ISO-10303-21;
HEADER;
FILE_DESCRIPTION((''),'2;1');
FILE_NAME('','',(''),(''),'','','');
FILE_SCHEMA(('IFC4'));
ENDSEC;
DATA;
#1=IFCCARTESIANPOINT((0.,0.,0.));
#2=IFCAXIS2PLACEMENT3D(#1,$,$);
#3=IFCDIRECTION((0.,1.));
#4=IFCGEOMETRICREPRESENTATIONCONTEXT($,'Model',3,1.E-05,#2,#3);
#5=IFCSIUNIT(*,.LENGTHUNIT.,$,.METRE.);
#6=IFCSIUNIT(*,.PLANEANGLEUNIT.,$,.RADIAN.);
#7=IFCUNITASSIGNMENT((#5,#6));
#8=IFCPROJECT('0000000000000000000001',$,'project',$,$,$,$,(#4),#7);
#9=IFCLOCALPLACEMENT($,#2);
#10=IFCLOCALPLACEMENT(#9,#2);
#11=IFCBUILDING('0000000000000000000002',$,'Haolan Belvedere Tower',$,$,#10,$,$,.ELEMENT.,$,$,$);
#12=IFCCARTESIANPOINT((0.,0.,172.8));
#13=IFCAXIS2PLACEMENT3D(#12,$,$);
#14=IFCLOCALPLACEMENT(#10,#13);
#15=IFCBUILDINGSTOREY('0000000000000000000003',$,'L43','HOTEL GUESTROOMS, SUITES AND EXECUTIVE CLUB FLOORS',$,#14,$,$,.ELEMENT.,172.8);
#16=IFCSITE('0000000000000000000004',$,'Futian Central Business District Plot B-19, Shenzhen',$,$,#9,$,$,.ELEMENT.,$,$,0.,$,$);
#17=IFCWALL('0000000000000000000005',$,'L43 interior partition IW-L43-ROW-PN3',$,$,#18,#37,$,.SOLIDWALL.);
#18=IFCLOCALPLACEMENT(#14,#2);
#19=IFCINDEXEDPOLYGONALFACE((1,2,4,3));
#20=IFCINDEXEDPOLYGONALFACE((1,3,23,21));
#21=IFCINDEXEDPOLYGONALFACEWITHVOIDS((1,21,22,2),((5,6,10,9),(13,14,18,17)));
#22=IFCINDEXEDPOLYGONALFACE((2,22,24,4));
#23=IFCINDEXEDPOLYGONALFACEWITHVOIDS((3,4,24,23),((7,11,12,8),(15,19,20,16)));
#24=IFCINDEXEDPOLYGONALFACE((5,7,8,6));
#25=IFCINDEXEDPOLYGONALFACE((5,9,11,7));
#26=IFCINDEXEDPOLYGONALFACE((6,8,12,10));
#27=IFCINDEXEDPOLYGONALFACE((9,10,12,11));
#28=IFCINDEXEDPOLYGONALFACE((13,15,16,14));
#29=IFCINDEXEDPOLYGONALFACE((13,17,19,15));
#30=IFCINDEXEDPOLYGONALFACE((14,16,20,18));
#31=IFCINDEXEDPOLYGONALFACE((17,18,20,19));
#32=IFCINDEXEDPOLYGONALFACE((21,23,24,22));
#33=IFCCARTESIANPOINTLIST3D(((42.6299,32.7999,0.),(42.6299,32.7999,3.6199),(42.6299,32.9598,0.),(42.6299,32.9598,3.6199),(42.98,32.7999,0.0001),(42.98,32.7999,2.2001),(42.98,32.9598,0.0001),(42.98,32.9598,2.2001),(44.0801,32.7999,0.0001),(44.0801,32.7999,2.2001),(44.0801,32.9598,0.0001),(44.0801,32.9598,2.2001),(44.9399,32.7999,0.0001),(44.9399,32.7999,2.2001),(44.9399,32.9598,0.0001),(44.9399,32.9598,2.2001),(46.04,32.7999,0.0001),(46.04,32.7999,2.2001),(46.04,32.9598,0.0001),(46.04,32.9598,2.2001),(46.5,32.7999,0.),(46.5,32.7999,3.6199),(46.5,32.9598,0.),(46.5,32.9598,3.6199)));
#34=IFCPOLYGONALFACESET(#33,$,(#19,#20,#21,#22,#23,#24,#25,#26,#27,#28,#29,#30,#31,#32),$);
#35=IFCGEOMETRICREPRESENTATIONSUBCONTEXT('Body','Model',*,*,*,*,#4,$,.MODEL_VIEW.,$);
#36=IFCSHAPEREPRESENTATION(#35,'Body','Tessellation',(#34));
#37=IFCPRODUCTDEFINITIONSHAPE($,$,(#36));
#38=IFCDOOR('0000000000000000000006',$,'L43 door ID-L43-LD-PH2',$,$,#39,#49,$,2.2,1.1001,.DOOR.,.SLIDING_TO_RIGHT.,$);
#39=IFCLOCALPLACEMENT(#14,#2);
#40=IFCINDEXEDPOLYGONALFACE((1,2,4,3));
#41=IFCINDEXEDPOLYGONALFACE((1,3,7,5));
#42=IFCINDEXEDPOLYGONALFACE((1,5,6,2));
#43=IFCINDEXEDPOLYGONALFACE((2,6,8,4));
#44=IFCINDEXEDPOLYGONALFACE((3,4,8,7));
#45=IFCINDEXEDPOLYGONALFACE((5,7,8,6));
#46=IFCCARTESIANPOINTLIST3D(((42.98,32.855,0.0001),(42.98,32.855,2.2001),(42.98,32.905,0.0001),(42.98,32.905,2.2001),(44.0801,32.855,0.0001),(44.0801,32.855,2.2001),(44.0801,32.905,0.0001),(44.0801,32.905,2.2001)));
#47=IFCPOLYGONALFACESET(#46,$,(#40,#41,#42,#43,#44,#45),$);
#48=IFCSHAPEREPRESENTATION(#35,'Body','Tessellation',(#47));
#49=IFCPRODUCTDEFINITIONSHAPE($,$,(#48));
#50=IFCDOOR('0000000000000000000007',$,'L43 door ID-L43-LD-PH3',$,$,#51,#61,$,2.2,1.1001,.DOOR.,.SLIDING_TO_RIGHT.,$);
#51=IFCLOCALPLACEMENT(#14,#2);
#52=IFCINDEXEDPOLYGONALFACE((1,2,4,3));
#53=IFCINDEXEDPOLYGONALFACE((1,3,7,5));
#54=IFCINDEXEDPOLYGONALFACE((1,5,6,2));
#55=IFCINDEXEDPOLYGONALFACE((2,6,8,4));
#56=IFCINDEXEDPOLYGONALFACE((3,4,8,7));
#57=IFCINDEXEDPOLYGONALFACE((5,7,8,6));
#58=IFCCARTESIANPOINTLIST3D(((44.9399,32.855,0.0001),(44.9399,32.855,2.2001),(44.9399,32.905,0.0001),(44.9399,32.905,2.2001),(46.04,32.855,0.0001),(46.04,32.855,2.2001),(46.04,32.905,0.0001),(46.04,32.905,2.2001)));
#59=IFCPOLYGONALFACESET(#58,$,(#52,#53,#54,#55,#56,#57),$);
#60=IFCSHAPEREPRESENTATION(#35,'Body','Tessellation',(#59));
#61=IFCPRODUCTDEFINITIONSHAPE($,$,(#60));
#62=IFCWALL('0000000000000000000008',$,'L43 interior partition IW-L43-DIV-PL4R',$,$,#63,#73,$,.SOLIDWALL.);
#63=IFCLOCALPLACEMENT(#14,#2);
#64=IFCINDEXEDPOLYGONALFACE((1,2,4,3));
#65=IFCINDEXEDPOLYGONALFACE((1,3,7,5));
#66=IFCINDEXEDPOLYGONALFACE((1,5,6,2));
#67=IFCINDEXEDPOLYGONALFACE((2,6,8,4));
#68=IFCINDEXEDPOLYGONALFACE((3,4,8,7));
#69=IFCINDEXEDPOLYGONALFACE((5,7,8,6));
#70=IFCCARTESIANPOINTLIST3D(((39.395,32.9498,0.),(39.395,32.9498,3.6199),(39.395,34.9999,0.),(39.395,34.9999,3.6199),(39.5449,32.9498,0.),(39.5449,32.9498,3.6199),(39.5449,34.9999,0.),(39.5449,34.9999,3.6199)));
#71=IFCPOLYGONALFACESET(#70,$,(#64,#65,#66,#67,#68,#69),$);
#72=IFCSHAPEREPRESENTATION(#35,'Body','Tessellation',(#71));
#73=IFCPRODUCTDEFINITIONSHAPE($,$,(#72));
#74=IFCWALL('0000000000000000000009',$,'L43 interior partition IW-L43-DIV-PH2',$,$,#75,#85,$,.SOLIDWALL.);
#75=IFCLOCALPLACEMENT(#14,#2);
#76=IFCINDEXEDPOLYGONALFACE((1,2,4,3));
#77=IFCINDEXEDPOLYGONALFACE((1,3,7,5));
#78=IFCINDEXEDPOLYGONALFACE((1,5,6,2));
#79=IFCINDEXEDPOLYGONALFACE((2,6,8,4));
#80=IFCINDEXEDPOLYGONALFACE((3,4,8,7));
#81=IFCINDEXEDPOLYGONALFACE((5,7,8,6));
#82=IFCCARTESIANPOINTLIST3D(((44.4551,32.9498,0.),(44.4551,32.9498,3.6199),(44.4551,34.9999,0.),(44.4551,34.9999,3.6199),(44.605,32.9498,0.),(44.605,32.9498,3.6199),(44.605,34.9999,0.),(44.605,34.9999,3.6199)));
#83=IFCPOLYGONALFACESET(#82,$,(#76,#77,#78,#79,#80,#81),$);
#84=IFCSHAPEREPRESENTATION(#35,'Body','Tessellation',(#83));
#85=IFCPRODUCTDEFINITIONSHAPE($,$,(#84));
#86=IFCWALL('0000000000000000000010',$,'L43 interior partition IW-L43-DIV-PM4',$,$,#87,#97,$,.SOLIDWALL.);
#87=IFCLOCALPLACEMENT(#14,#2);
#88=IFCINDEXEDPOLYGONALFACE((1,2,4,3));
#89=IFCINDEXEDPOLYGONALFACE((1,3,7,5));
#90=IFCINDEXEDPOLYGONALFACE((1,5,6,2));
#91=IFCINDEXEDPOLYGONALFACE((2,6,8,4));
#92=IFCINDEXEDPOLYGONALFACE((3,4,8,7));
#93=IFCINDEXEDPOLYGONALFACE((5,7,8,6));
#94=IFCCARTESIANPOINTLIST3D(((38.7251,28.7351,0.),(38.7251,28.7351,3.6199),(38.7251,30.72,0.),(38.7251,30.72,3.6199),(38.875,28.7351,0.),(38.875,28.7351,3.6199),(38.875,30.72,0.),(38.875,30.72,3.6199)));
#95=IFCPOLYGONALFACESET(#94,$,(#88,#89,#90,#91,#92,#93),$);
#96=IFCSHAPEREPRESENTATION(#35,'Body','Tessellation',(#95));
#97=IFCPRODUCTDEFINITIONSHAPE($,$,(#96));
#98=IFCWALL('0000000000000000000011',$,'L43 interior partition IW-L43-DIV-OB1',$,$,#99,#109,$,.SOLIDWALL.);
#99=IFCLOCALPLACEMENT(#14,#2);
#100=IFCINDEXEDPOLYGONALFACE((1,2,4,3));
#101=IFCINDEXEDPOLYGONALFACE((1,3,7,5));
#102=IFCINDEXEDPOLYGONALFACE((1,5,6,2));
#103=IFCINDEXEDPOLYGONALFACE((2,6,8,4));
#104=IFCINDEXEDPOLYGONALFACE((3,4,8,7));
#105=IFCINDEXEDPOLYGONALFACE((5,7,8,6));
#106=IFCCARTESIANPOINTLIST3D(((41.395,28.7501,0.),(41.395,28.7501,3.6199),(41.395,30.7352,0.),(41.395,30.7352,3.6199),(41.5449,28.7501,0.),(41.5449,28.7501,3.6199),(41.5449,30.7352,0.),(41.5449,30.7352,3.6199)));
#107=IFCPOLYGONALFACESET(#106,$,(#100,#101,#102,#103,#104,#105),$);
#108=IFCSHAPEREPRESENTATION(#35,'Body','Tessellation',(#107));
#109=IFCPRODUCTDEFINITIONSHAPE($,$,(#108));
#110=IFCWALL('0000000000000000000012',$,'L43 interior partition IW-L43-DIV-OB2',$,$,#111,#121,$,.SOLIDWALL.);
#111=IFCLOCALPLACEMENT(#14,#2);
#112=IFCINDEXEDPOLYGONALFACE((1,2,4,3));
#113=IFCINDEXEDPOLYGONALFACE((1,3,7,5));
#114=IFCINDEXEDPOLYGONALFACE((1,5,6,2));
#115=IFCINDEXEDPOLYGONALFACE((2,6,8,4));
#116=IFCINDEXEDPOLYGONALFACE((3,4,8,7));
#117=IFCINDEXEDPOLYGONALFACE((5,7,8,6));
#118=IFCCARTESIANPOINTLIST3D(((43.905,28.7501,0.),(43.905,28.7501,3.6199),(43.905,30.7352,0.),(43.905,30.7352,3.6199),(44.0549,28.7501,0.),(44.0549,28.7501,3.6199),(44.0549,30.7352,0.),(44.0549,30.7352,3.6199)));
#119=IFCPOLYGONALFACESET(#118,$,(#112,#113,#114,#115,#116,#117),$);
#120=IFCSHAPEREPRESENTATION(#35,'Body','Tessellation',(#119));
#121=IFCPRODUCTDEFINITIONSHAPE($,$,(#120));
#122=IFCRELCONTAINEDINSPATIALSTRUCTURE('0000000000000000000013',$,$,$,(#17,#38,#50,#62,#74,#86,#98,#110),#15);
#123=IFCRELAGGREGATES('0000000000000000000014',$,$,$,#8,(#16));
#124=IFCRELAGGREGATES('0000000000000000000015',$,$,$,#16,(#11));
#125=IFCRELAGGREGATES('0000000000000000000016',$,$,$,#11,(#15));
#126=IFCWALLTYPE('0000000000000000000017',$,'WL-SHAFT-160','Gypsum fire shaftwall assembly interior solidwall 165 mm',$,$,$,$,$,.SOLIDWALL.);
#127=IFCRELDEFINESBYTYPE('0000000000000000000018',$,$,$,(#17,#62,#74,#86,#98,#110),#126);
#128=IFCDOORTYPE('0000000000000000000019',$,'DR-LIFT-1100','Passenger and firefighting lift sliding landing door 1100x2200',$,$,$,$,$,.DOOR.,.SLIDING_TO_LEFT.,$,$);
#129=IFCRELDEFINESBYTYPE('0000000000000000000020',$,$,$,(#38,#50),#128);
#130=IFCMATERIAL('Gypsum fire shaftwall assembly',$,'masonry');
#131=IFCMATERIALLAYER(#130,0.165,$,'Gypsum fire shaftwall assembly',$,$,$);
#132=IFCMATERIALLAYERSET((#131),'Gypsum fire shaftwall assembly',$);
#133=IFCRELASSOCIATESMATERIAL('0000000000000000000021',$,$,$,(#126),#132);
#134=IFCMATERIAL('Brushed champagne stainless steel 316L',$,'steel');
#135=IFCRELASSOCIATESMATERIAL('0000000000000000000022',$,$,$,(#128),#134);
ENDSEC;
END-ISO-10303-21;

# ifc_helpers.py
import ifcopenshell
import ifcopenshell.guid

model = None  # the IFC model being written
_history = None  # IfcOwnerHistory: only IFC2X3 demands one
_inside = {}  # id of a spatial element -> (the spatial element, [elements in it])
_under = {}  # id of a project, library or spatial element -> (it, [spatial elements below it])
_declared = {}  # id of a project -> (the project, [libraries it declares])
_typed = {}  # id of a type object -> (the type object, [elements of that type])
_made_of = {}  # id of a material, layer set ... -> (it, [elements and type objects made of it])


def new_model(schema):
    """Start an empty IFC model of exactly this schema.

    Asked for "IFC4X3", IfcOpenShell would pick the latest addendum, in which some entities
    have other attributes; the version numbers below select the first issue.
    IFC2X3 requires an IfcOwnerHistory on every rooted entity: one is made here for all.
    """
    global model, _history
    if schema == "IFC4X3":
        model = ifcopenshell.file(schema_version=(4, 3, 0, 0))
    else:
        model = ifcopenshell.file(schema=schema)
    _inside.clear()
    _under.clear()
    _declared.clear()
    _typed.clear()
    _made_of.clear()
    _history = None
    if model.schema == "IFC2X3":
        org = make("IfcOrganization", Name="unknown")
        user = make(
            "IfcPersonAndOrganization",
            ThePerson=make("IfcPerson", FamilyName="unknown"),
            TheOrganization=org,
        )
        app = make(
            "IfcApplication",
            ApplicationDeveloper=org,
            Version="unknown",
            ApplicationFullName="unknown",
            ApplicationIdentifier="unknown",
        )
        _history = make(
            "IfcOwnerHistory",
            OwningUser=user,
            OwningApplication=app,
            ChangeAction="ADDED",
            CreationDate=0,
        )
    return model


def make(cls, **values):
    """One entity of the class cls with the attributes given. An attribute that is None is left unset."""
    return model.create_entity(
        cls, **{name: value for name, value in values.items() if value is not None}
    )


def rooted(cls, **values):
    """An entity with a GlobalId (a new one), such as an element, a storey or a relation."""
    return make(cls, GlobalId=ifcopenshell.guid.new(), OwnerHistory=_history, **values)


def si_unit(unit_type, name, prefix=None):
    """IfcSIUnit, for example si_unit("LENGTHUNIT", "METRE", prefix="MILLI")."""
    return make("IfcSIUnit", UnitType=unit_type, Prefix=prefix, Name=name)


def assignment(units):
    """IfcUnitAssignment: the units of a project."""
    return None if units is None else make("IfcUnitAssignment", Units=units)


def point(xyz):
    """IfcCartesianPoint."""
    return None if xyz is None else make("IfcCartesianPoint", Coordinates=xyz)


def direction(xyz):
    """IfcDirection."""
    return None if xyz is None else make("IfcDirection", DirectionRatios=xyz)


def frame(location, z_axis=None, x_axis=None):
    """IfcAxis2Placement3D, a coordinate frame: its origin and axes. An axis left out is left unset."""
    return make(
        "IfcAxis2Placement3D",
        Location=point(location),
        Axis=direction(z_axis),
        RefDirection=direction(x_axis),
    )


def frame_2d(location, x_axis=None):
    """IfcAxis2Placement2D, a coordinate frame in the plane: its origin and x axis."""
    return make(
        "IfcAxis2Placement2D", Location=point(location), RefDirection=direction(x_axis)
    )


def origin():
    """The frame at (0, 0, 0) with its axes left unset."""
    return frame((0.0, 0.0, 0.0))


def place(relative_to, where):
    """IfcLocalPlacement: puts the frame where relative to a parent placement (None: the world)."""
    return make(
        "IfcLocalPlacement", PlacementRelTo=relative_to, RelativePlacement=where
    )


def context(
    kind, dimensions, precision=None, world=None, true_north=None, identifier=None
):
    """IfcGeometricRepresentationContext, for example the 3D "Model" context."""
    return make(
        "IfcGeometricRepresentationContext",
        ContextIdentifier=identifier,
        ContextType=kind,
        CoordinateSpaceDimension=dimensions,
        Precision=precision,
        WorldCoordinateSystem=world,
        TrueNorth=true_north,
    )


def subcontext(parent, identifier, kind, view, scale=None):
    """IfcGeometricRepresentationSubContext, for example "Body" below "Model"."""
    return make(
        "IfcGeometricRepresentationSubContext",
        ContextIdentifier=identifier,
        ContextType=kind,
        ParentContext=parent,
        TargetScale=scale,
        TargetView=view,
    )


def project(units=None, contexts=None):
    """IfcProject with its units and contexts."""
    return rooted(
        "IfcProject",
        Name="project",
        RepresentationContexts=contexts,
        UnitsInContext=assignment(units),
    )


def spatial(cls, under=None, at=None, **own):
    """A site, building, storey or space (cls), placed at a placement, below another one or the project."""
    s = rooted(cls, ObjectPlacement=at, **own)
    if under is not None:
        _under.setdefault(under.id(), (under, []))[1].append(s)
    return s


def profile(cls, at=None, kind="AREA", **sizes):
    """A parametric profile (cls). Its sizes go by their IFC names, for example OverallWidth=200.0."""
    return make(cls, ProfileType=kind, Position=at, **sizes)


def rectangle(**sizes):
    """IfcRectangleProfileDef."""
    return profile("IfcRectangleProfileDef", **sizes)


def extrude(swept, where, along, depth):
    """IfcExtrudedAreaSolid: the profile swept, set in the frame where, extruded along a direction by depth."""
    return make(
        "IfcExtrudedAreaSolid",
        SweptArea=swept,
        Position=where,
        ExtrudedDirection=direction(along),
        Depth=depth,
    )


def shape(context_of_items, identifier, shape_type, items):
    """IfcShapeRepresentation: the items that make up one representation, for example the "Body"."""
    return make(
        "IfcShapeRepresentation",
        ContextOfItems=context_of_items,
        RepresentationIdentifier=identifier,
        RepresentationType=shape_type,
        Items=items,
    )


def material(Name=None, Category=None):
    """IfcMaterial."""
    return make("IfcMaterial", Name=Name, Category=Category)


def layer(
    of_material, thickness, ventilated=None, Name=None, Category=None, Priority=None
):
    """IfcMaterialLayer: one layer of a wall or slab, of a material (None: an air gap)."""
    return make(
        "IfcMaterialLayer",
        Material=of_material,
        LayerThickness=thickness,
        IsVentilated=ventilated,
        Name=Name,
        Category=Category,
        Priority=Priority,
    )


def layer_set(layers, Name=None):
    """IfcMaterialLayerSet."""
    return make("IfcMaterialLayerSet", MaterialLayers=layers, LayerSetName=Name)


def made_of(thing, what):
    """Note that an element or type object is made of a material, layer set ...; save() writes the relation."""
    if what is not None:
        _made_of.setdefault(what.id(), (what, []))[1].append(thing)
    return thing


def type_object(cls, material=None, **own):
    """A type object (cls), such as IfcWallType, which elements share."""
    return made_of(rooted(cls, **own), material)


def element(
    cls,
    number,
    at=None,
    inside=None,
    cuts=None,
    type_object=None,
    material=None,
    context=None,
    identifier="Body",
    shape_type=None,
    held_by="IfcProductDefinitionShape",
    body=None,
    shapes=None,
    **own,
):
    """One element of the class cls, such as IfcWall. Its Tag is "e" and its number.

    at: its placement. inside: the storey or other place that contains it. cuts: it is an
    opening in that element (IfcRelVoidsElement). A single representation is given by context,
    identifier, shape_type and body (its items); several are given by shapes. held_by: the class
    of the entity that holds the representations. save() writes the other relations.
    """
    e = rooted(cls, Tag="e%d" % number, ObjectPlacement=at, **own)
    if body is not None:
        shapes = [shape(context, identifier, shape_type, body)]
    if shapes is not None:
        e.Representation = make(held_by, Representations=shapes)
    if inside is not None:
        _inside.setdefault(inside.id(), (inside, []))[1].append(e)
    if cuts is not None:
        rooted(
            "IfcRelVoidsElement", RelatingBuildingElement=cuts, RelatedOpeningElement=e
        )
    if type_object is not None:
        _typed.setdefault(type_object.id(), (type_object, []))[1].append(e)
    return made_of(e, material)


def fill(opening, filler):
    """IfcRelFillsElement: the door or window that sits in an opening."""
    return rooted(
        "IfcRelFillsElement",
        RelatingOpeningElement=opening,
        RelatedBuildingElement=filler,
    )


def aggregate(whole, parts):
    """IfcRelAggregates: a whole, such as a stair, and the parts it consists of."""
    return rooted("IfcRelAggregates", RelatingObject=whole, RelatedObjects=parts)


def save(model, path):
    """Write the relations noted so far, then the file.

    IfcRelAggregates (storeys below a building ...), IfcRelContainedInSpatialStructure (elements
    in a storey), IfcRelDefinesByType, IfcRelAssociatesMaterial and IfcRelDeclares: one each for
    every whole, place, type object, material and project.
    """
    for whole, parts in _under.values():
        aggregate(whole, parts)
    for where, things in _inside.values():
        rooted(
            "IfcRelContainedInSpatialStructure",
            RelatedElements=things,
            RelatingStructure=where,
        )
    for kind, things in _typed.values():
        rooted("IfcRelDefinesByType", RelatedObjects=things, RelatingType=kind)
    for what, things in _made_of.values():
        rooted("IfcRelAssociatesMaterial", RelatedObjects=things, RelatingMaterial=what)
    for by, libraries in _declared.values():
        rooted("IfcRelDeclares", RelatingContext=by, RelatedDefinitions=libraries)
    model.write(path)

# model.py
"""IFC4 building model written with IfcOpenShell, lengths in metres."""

from ifc_helpers import new_model, si_unit, direction, frame, frame_2d, origin, place, context, subcontext, project, spatial, rectangle, extrude, material, layer, layer_set, type_object, element, fill, save


model = new_model("IFC4")

# Units and contexts
model_context = context("Model", 3, precision=1e-05, world=origin(), true_north=direction((0.0, 1.0)))
body_context = subcontext(model_context, "Body", "Model", "MODEL_VIEW")
ifc_project = project(units=[si_unit("LENGTHUNIT", "METRE"), si_unit("PLANEANGLEUNIT", "RADIAN")], contexts=[model_context])

# Site, building, storey
site_placement = place(None, origin())
site = spatial("IfcSite", under=ifc_project, at=site_placement, Name="Futian Central Business District Plot B-19, Shenzhen", CompositionType="ELEMENT", RefElevation=0.0)
building_placement = place(site_placement, origin())
building = spatial("IfcBuilding", under=site, at=building_placement, Name="Haolan Belvedere Tower", CompositionType="ELEMENT")
storey_placement = place(building_placement, frame((0.0, 0.0, 172.8)))
storey = spatial("IfcBuildingStorey", under=building, at=storey_placement, Name="L43", Description="HOTEL GUESTROOMS, SUITES AND EXECUTIVE CLUB FLOORS", CompositionType="ELEMENT", Elevation=172.8)

# Shared definitions
ifc_material_1 = material(Name="Gypsum fire shaftwall assembly", Category="masonry")
ifc_layer_1 = layer(ifc_material_1, 0.165, Name="Gypsum fire shaftwall assembly")
ifc_layer_set_1 = layer_set([ifc_layer_1], Name="Gypsum fire shaftwall assembly")
wall_type_1 = type_object("IfcWallType", Name="WL-SHAFT-160", Description="Gypsum fire shaftwall assembly interior solidwall 165 mm", PredefinedType="SOLIDWALL", material=ifc_layer_set_1)

# Wall, openings, doors
wall_1_placement = place(storey_placement, frame((42.6299, 32.8799, 0.0), z_axis=(0.0, 0.0, 1.0), x_axis=(1.0, 0.0, 0.0)))
wall_1 = element("IfcWall", 1, at=wall_1_placement, inside=storey, type_object=wall_type_1, Name="L43 interior partition IW-L43-ROW-PN3", PredefinedType="SOLIDWALL", context=body_context, shape_type="SweptSolid", body=[
    extrude(rectangle(XDim=3.8701, YDim=0.1599, at=frame_2d((1.9351, 0.0))), origin(), (0.0, 0.0, 1.0), 3.6199),
])
opening_1_placement = place(wall_1_placement, frame((1.4502, 0.0, 0.0), z_axis=(0.0, 0.0, 1.0), x_axis=(-1.0, 0.0, 0.0)))
opening_1 = element("IfcOpeningElement", 2, at=opening_1_placement, cuts=wall_1, PredefinedType="OPENING", context=body_context, shape_type="SweptSolid", body=[
    extrude(rectangle(XDim=1.1001, YDim=2.2, at=frame_2d((0.55, 1.1001))), frame((0.0, 0.0898, 0.0), z_axis=(0.0, -1.0, 0.0), x_axis=(1.0, 0.0, 0.0)), (0.0, 0.0, 1.0), 0.1799),
])
opening_2_placement = place(wall_1_placement, frame((3.4102, 0.0, 0.0), z_axis=(0.0, 0.0, 1.0), x_axis=(-1.0, 0.0, 0.0)))
opening_2 = element("IfcOpeningElement", 3, at=opening_2_placement, cuts=wall_1, PredefinedType="OPENING", context=body_context, shape_type="SweptSolid", body=[
    extrude(rectangle(XDim=1.1001, YDim=2.2, at=frame_2d((0.55, 1.1001))), frame((0.0, 0.0898, 0.0), z_axis=(0.0, -1.0, 0.0), x_axis=(1.0, 0.0, 0.0)), (0.0, 0.0, 1.0), 0.1799),
])
ifc_material_2 = material(Name="Brushed champagne stainless steel 316L", Category="steel")
door_type_1 = type_object("IfcDoorType", Name="DR-LIFT-1100", Description="Passenger and firefighting lift sliding landing door 1100x2200", OperationType="SLIDING_TO_LEFT", PredefinedType="DOOR", material=ifc_material_2)
door_1_placement = place(opening_1_placement, origin())
door_1 = element("IfcDoor", 4, at=door_1_placement, inside=storey, type_object=door_type_1, Name="L43 door ID-L43-LD-PH2", OperationType="SLIDING_TO_RIGHT", OverallHeight=2.2, OverallWidth=1.1001, PredefinedType="DOOR", context=body_context, shape_type="SweptSolid", body=[
    extrude(rectangle(XDim=1.1001, YDim=2.2, at=frame_2d((0.55, 1.1001))), frame((0.0, 0.0249, 0.0), z_axis=(0.0, -1.0, 0.0), x_axis=(1.0, 0.0, 0.0)), (0.0, 0.0, 1.0), 0.05),
])
fill(opening_1, door_1)
door_2_placement = place(opening_2_placement, origin())
door_2 = element("IfcDoor", 5, at=door_2_placement, inside=storey, type_object=door_type_1, Name="L43 door ID-L43-LD-PH3", OperationType="SLIDING_TO_RIGHT", OverallHeight=2.2, OverallWidth=1.1001, PredefinedType="DOOR", context=body_context, shape_type="SweptSolid", body=[
    extrude(rectangle(XDim=1.1001, YDim=2.2, at=frame_2d((0.55, 1.1001))), frame((0.0, 0.0249, 0.0), z_axis=(0.0, -1.0, 0.0), x_axis=(1.0, 0.0, 0.0)), (0.0, 0.0, 1.0), 0.05),
])
fill(opening_2, door_2)

# Walls
for number, where, z_axis, x_axis, name in (
    (6, (39.47, 32.95, 0.0), (0.0, 0.0, 1.0), (0.0, 1.0, 0.0), "L43 interior partition IW-L43-DIV-PL4R"),
    (7, (44.53, 32.95, 0.0), (0.0, 0.0, 1.0), (0.0, 1.0, 0.0), "L43 interior partition IW-L43-DIV-PH2"),
):
    element("IfcWall", number, at=place(storey_placement, frame(where, z_axis=z_axis, x_axis=x_axis)), inside=storey, type_object=wall_type_1, Name=name, PredefinedType="SOLIDWALL", context=body_context, shape_type="SweptSolid", body=[
        extrude(rectangle(XDim=2.05, YDim=0.1499, at=frame_2d((1.0249, 0.0))), origin(), (0.0, 0.0, 1.0), 3.6199),
    ])
wall_2_placement = place(storey_placement, frame((38.8, 28.7351, 0.0), z_axis=(0.0, 0.0, 1.0), x_axis=(0.0, 1.0, 0.0)))
element("IfcWall", 8, at=wall_2_placement, inside=storey, type_object=wall_type_1, Name="L43 interior partition IW-L43-DIV-PM4", PredefinedType="SOLIDWALL", context=body_context, shape_type="SweptSolid", body=[
    extrude(rectangle(XDim=1.9849, YDim=0.1499, at=frame_2d((0.9924, 0.0))), origin(), (0.0, 0.0, 1.0), 3.6199),
])
for number, where, z_axis, x_axis, name in (
    (9, (41.47, 28.75, 0.0), (0.0, 0.0, 1.0), (0.0, 1.0, 0.0), "L43 interior partition IW-L43-DIV-OB1"),
    (10, (43.98, 28.75, 0.0), (0.0, 0.0, 1.0), (0.0, 1.0, 0.0), "L43 interior partition IW-L43-DIV-OB2"),
):
    element("IfcWall", number, at=place(storey_placement, frame(where, z_axis=z_axis, x_axis=x_axis)), inside=storey, type_object=wall_type_1, Name=name, PredefinedType="SOLIDWALL", context=body_context, shape_type="SweptSolid", body=[
        extrude(rectangle(XDim=1.9851, YDim=0.1499, at=frame_2d((0.9927, 0.0))), origin(), (0.0, 0.0, 1.0), 3.6199),
    ])

save(model, "model.ifc")
